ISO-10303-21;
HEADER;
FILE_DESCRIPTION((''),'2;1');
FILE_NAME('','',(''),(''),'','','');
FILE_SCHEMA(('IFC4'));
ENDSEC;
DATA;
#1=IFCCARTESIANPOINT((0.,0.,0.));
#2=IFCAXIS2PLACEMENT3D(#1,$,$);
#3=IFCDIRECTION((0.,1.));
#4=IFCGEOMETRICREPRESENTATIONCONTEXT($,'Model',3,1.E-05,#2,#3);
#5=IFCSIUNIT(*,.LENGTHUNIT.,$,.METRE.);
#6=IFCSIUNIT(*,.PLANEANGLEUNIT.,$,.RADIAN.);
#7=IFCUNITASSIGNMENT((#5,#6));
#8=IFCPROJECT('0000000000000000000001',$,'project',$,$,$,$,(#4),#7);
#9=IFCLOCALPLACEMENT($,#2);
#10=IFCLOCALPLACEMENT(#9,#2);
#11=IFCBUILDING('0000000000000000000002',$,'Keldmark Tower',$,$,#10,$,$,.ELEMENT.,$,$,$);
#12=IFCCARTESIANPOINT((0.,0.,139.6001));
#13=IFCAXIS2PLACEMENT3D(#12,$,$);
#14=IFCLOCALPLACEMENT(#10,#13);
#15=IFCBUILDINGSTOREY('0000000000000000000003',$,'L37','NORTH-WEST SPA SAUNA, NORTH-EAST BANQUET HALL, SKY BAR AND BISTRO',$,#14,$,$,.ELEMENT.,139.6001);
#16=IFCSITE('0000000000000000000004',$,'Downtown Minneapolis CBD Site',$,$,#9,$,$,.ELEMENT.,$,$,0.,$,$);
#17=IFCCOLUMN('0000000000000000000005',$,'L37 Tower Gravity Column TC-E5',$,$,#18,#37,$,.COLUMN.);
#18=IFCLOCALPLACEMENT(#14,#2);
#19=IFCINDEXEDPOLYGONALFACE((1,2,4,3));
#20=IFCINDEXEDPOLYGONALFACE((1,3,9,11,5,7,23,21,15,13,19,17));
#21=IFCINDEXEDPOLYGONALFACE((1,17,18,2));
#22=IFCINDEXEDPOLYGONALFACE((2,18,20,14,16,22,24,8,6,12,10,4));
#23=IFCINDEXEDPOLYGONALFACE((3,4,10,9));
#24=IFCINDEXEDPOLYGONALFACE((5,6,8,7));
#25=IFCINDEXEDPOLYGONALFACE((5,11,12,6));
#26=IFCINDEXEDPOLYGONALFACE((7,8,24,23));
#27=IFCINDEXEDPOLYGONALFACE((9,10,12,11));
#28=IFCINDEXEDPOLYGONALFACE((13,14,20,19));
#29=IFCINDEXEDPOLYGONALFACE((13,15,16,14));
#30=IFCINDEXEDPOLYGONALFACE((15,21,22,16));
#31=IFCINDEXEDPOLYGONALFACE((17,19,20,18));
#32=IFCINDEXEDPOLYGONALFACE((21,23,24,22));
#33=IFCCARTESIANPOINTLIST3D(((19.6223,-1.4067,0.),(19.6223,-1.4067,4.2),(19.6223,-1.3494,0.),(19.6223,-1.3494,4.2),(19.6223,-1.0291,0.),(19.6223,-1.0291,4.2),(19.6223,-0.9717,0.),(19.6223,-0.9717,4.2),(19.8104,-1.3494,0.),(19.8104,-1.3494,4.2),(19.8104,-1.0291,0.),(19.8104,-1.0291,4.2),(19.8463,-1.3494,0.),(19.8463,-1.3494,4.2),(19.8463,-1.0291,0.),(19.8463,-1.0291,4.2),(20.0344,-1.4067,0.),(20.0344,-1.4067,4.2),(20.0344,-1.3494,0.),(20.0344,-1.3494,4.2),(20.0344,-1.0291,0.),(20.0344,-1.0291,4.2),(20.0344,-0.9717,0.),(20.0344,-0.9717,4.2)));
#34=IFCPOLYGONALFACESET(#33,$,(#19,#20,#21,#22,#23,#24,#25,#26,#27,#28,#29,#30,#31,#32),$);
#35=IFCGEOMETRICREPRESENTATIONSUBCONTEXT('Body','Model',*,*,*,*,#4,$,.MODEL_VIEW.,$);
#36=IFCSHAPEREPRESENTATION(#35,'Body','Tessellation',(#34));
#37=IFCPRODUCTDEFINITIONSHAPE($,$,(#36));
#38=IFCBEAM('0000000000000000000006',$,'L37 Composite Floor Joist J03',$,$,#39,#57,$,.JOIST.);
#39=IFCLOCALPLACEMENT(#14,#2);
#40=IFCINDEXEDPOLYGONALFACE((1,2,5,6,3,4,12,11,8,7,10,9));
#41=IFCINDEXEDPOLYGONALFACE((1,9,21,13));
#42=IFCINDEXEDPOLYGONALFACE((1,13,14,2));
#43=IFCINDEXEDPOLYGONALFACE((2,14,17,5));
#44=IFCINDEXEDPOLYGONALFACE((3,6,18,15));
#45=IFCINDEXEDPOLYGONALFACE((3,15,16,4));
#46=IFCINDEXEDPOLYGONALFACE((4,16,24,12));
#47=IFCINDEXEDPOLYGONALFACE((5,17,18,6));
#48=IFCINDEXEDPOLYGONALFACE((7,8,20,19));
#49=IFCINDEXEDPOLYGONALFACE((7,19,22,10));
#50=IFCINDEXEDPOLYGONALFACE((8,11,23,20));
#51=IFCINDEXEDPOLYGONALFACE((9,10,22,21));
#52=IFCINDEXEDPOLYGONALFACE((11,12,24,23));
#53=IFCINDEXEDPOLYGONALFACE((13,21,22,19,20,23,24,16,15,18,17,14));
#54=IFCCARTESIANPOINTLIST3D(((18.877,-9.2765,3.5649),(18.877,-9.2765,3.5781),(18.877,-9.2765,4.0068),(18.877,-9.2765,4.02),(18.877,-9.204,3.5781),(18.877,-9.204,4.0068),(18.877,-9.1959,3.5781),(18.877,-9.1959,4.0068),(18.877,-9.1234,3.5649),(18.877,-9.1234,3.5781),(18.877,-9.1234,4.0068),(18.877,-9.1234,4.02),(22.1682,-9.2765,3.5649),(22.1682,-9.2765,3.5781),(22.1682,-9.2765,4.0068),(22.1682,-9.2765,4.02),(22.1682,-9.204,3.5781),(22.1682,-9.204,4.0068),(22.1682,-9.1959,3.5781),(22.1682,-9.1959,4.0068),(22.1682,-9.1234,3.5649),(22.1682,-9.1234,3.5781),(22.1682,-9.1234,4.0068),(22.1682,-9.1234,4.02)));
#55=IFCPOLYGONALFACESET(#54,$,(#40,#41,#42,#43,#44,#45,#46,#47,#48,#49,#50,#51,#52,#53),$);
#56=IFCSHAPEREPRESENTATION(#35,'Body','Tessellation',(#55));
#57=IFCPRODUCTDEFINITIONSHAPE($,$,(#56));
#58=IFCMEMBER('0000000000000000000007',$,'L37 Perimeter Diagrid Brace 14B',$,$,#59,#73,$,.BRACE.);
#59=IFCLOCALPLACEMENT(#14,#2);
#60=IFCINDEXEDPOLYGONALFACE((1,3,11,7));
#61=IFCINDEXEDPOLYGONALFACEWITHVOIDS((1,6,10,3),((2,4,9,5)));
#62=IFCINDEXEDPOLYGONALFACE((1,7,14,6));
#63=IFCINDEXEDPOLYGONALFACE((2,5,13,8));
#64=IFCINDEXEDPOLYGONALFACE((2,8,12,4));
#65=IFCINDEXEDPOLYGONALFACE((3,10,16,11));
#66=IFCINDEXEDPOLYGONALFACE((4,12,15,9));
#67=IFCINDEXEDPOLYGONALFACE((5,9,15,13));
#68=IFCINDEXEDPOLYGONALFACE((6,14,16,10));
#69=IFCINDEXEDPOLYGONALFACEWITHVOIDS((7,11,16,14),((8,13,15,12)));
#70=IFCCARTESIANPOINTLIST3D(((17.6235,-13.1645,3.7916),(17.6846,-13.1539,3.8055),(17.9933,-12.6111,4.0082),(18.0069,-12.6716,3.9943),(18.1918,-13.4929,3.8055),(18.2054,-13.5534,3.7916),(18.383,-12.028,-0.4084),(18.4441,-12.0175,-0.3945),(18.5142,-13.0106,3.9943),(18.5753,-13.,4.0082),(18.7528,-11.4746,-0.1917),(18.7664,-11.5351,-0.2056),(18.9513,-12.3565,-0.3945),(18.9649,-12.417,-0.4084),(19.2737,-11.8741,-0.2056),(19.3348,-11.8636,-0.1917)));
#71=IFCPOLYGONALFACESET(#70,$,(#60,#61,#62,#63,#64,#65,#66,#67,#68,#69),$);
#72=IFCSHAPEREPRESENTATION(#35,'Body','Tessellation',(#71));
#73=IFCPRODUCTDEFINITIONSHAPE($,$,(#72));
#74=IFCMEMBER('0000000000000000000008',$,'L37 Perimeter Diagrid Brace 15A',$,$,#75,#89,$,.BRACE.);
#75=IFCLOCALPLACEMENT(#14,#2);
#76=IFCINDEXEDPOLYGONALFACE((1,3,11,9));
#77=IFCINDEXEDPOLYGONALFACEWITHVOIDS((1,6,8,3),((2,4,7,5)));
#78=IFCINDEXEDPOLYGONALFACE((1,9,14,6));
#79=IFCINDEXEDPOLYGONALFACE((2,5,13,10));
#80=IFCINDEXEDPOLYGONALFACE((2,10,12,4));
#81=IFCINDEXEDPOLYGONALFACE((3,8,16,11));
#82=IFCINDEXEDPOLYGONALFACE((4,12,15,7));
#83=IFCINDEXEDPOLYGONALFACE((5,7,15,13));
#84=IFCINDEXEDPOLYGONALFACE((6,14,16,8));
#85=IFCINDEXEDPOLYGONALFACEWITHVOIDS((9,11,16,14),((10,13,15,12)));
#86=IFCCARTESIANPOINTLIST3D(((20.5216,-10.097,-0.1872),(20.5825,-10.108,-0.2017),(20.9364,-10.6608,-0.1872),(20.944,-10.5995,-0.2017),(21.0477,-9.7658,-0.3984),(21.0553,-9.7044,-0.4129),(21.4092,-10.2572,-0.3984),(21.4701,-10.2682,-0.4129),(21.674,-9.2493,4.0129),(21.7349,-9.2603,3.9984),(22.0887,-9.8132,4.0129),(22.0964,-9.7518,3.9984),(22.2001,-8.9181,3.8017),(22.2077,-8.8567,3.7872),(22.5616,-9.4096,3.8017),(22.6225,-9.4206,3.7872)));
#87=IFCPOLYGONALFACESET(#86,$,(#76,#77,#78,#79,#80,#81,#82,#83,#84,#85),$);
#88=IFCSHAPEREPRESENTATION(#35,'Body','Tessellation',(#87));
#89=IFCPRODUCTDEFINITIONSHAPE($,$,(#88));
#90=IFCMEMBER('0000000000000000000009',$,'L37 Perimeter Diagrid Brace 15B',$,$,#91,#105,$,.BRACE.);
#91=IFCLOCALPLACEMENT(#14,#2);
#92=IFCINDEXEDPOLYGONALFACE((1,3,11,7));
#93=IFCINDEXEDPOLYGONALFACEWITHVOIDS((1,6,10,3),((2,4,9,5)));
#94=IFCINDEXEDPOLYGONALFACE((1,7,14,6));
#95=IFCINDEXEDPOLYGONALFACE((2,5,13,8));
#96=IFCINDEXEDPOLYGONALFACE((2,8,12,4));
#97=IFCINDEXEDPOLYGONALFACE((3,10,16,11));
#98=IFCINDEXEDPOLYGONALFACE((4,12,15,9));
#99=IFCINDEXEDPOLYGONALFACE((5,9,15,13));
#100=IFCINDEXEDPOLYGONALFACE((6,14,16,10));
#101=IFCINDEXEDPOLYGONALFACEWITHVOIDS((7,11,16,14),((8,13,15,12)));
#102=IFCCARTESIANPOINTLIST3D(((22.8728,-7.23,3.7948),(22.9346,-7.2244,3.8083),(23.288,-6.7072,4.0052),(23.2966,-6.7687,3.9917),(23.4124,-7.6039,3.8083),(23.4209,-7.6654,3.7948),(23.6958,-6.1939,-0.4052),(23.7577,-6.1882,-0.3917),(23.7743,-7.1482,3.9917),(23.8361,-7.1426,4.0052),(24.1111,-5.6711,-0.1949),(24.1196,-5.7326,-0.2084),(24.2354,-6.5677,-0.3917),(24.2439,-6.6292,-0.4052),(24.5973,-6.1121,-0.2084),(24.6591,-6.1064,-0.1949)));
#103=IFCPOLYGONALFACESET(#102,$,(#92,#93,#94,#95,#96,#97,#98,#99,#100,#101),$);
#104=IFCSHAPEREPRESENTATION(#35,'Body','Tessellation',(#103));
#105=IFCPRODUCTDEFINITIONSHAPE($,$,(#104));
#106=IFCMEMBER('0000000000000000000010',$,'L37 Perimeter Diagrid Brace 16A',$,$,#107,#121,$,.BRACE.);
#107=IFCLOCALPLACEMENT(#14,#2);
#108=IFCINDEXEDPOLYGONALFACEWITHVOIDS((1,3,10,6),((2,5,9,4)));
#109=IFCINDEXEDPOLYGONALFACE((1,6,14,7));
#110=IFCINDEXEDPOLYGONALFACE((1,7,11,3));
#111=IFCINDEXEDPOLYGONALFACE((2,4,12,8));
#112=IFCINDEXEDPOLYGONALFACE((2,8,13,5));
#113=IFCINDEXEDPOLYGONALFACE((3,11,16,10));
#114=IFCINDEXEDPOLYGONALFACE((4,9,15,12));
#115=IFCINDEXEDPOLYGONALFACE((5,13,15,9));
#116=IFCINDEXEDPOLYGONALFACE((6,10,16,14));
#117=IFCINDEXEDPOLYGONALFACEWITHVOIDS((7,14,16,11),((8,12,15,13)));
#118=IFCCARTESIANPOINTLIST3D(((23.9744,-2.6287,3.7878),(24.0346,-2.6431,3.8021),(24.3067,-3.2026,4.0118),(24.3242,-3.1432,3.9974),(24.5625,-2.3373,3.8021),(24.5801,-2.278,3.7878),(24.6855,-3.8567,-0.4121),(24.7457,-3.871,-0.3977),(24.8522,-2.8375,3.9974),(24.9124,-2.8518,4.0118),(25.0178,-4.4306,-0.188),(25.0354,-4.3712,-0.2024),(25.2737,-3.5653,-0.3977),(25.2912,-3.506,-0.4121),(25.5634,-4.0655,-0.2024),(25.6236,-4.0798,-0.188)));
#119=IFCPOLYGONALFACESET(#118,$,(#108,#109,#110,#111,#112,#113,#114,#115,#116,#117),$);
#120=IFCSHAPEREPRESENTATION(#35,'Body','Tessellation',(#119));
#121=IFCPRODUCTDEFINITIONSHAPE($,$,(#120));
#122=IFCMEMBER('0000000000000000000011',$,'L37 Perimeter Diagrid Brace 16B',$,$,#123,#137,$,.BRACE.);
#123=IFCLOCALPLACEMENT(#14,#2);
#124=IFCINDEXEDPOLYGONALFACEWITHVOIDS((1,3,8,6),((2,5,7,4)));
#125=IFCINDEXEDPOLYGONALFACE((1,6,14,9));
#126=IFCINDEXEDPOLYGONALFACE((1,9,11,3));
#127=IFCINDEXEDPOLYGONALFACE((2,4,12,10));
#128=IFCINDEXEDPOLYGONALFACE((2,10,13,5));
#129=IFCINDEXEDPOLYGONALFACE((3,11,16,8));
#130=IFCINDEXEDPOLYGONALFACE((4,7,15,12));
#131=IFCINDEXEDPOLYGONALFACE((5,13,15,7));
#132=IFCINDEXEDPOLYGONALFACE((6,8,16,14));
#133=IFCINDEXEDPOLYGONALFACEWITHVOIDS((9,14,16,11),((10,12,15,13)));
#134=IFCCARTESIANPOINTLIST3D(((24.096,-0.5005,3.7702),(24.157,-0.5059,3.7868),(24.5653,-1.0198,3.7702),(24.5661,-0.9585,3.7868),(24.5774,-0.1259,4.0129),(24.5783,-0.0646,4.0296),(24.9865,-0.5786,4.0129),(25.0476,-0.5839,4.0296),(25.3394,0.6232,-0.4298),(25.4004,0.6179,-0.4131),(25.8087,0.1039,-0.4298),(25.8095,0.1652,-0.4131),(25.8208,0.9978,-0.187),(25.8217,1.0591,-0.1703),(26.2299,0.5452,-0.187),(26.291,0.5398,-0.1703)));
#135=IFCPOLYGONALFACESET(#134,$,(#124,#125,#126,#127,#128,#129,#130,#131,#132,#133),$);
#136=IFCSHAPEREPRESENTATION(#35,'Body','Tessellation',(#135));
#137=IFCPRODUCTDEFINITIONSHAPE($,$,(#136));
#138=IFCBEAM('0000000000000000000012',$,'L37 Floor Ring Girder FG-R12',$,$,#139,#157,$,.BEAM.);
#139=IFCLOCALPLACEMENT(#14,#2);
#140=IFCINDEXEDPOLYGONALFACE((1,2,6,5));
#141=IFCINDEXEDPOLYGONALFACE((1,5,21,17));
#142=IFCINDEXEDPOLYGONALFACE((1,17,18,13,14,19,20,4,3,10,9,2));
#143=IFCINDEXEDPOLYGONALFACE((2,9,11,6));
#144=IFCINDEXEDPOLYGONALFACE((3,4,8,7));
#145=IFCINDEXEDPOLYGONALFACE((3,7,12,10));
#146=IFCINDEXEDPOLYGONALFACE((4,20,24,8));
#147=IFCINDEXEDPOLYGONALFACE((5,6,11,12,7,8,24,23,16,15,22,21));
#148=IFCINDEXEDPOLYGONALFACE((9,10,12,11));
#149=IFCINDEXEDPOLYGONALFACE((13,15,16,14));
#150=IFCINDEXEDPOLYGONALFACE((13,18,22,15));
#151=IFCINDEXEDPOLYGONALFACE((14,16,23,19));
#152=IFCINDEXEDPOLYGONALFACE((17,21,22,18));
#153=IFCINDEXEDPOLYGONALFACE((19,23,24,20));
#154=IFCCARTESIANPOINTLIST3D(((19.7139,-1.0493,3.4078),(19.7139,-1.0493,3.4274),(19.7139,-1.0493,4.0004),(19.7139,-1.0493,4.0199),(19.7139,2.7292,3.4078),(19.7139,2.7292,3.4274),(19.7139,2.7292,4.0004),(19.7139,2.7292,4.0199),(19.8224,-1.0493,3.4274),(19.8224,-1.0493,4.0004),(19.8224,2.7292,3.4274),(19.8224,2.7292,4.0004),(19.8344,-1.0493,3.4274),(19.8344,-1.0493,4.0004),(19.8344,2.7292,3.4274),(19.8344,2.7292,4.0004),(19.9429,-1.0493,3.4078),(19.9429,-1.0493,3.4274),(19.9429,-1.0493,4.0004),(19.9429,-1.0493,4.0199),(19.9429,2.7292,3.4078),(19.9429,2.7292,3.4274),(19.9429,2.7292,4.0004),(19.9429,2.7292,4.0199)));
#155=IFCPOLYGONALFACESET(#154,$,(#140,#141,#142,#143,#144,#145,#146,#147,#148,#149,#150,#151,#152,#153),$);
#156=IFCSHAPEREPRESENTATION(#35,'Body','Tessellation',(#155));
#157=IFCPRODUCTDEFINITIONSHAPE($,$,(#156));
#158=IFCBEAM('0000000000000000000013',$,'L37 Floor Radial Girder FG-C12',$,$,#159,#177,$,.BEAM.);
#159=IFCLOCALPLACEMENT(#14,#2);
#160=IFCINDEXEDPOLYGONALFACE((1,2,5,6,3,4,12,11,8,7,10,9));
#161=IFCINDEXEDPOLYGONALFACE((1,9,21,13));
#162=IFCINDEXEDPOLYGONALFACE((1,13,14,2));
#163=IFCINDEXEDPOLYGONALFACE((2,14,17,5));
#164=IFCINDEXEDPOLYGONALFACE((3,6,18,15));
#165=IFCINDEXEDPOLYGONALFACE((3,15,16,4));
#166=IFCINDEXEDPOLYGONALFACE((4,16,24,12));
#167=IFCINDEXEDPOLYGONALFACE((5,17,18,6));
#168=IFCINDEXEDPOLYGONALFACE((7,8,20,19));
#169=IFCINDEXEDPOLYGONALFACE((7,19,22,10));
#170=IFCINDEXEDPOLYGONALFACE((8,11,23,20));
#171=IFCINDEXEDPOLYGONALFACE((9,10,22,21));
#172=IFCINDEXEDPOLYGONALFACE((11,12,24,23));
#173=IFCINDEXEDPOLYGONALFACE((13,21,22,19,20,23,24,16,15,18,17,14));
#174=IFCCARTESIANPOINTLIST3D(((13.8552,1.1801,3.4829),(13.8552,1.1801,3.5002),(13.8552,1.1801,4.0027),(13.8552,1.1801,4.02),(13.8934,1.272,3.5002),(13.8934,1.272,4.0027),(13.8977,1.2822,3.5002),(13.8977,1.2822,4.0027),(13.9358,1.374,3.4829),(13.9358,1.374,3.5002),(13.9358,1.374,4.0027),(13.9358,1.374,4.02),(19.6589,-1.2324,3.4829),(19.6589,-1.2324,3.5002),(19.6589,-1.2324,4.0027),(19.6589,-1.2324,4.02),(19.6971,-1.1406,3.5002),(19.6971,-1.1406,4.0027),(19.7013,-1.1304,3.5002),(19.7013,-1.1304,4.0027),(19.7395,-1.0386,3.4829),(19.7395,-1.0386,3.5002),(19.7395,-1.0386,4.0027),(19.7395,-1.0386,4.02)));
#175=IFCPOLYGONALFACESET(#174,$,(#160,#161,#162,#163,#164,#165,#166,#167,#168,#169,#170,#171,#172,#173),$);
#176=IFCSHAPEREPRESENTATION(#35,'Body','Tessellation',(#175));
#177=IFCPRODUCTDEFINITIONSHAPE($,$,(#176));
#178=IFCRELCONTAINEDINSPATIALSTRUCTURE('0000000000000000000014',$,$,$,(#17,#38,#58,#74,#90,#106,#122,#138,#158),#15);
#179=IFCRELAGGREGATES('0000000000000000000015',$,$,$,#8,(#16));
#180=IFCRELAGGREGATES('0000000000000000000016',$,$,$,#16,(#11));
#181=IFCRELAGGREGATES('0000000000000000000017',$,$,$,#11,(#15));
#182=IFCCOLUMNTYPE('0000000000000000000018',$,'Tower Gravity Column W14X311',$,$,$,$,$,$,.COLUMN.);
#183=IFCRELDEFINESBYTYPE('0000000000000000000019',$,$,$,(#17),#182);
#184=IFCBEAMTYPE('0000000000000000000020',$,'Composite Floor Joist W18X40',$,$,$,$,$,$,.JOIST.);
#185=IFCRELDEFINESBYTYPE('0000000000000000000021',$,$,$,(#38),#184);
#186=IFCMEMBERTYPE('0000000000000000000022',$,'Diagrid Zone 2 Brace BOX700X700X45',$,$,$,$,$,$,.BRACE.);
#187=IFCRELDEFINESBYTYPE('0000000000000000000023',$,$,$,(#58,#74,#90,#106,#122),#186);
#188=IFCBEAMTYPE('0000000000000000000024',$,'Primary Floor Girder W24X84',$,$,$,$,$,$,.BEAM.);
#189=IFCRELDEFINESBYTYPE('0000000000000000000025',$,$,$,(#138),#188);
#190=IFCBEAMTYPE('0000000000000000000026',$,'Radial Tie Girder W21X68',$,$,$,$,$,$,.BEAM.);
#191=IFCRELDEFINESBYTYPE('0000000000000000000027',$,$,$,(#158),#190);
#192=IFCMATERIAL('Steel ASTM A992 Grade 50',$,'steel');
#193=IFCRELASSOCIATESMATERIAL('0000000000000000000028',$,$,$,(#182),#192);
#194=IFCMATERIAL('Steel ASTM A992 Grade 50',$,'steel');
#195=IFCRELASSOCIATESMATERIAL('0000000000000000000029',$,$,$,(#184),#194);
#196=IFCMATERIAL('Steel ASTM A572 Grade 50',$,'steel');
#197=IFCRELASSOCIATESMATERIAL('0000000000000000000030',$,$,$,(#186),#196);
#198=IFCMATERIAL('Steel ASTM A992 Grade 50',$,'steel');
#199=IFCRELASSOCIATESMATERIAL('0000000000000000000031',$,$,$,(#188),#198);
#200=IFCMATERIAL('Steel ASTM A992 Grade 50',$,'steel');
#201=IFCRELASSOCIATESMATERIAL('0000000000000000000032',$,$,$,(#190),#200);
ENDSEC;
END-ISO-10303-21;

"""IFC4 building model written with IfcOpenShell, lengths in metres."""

from ifc_helpers import new_model, si_unit, direction, frame, origin, origin_2d, place, context, subcontext, project, spatial, hollow_rectangle, i_section, extrude, material, material_profile, profile_set, type_object, element, save


model = new_model("IFC4")

# Units and contexts
model_context = context("Model", 3, precision=1e-05, world=origin(), true_north=direction((0.0, 1.0)))
body_context = subcontext(model_context, "Body", "Model", "MODEL_VIEW")
ifc_project = project(units=[si_unit("LENGTHUNIT", "METRE"), si_unit("PLANEANGLEUNIT", "RADIAN")], contexts=[model_context])

# Site, building, storey
site_placement = place(None, origin())
site = spatial("IfcSite", under=ifc_project, at=site_placement, Name="Downtown Minneapolis CBD Site", CompositionType="ELEMENT", RefElevation=0.0)
building_placement = place(site_placement, origin())
building = spatial("IfcBuilding", under=site, at=building_placement, Name="Keldmark Tower", CompositionType="ELEMENT")
storey_placement = place(building_placement, frame((0.0, 0.0, 139.6001)))
storey = spatial("IfcBuildingStorey", under=building, at=storey_placement, Name="L37", Description="NORTH-WEST SPA SAUNA, NORTH-EAST BANQUET HALL, SKY BAR AND BISTRO", CompositionType="ELEMENT", Elevation=139.6001)

# Column
ifc_material_1 = material(Name="Steel ASTM A992 Grade 50", Category="steel")
ifc_material_profile_1 = material_profile(ifc_material_1, i_section(OverallWidth=0.4121, OverallDepth=0.4351, WebThickness=0.0359, FlangeThickness=0.0574, at=origin_2d()), Name="W14X311")
ifc_profile_set_1 = profile_set([ifc_material_profile_1], Name="Steel ASTM A992 Grade 50")
column_type = type_object("IfcColumnType", Name="Tower Gravity Column W14X311", PredefinedType="COLUMN", material=ifc_profile_set_1)
column_placement = place(storey_placement, frame((19.8284, -1.1892, 0.0), z_axis=(0.0, 0.0, 1.0), x_axis=(1.0, 0.0, 0.0)))
element("IfcColumn", 1, at=column_placement, inside=storey, type_object=column_type, Name="L37 Tower Gravity Column TC-E5", PredefinedType="COLUMN", context=body_context, shape_type="SweptSolid", body=[
    extrude(i_section(OverallWidth=0.4121, OverallDepth=0.4351, WebThickness=0.0359, FlangeThickness=0.0574, at=origin_2d()), origin(), (0.0, 0.0, 1.0), 4.2),
])

# Beam
ifc_material_2 = material(Name="Steel ASTM A992 Grade 50", Category="steel")
ifc_material_profile_2 = material_profile(ifc_material_2, i_section(OverallWidth=0.1531, OverallDepth=0.4551, WebThickness=0.0081, FlangeThickness=0.0132, at=origin_2d()), Name="W18X40")
ifc_profile_set_2 = profile_set([ifc_material_profile_2], Name="Steel ASTM A992 Grade 50")
beam_type_1 = type_object("IfcBeamType", Name="Composite Floor Joist W18X40", PredefinedType="JOIST", material=ifc_profile_set_2)
beam_1_placement = place(storey_placement, frame((18.877, -9.2, 3.7925), z_axis=(1.0, 0.0, 0.0), x_axis=(0.0, 1.0, 0.0)))
element("IfcBeam", 2, at=beam_1_placement, inside=storey, type_object=beam_type_1, Name="L37 Composite Floor Joist J03", PredefinedType="JOIST", context=body_context, shape_type="SweptSolid", body=[
    extrude(i_section(OverallWidth=0.1531, OverallDepth=0.4551, WebThickness=0.0081, FlangeThickness=0.0132, at=origin_2d()), origin(), (0.0, 0.0, 1.0), 3.2913),
])

# Members
ifc_material_3 = material(Name="Steel ASTM A572 Grade 50", Category="steel")
ifc_material_profile_3 = material_profile(ifc_material_3, hollow_rectangle(XDim=0.7, YDim=0.7, WallThickness=0.0449, at=origin_2d()), Name="BOX700X700X45")
ifc_profile_set_3 = profile_set([ifc_material_profile_3], Name="Steel ASTM A572 Grade 50")
member_type = type_object("IfcMemberType", Name="Diagrid Zone 2 Brace BOX700X700X45", PredefinedType="BRACE", material=ifc_profile_set_3)
member_1_placement = place(storey_placement, frame((18.8589, -11.9458, -0.3), z_axis=(-0.171962, -0.257308, 0.950906), x_axis=(0.831418, -0.555648, 0.0)))
element("IfcMember", 3, at=member_1_placement, inside=storey, type_object=member_type, Name="L37 Perimeter Diagrid Brace 14B", PredefinedType="BRACE", context=body_context, shape_type="SweptSolid", body=[
    extrude(hollow_rectangle(XDim=0.7, YDim=0.7, WallThickness=0.0449, at=origin_2d()), origin(), (0.0, 0.0, 1.0), 4.4167),
])
member_2_placement = place(storey_placement, frame((20.9958, -10.1826, -0.3), z_axis=(0.259719, 0.191047, 0.946598), x_axis=(-0.592547, 0.805536, 0.0)))
element("IfcMember", 4, at=member_2_placement, inside=storey, type_object=member_type, Name="L37 Perimeter Diagrid Brace 15A", PredefinedType="BRACE", context=body_context, shape_type="SweptSolid", body=[
    extrude(hollow_rectangle(XDim=0.7, YDim=0.7, WallThickness=0.0449, at=origin_2d()), origin(), (0.0, 0.0, 1.0), 4.437),
])
member_3_placement = place(storey_placement, frame((24.1775, -6.1501, -0.3), z_axis=(-0.186898, -0.2353, 0.953784), x_axis=(0.783042, -0.621969, 0.0)))
element("IfcMember", 5, at=member_3_placement, inside=storey, type_object=member_type, Name="L37 Perimeter Diagrid Brace 15B", PredefinedType="BRACE", context=body_context, shape_type="SweptSolid", body=[
    extrude(hollow_rectangle(XDim=0.7, YDim=0.7, WallThickness=0.0449, at=origin_2d()), origin(), (0.0, 0.0, 1.0), 4.4036),
])
member_4_placement = place(storey_placement, frame((25.1545, -3.9683, -0.3), z_axis=(-0.160421, 0.277006, 0.947382), x_axis=(-0.86536, -0.501152, 0.0)))
element("IfcMember", 6, at=member_4_placement, inside=storey, type_object=member_type, Name="L37 Perimeter Diagrid Brace 16A", PredefinedType="BRACE", context=body_context, shape_type="SweptSolid", body=[
    extrude(hollow_rectangle(XDim=0.7, YDim=0.7, WallThickness=0.0449, at=origin_2d()), origin(), (0.0, 0.0, 1.0), 4.4331),
])
member_5_placement = place(storey_placement, frame((25.8152, 0.5815, -0.3), z_axis=(-0.274968, -0.248513, 0.928781), x_axis=(0.670517, -0.741895, 0.0)))
element("IfcMember", 7, at=member_5_placement, inside=storey, type_object=member_type, Name="L37 Perimeter Diagrid Brace 16B", PredefinedType="BRACE", context=body_context, shape_type="SweptSolid", body=[
    extrude(hollow_rectangle(XDim=0.7, YDim=0.7, WallThickness=0.0449, at=origin_2d()), origin(), (0.0, 0.0, 1.0), 4.522),
])

# Beams
ifc_material_4 = material(Name="Steel ASTM A992 Grade 50", Category="steel")
ifc_material_profile_4 = material_profile(ifc_material_4, i_section(OverallWidth=0.229, OverallDepth=0.6121, WebThickness=0.012, FlangeThickness=0.0195, at=origin_2d()), Name="W24X84")
ifc_profile_set_4 = profile_set([ifc_material_profile_4], Name="Steel ASTM A992 Grade 50")
beam_type_2 = type_object("IfcBeamType", Name="Primary Floor Girder W24X84", PredefinedType="BEAM", material=ifc_profile_set_4)
beam_2_placement = place(storey_placement, frame((19.8284, -1.0493, 3.7139), z_axis=(0.0, 1.0, 0.0), x_axis=(-1.0, 0.0, 0.0)))
element("IfcBeam", 8, at=beam_2_placement, inside=storey, type_object=beam_type_2, Name="L37 Floor Ring Girder FG-R12", PredefinedType="BEAM", context=body_context, shape_type="SweptSolid", body=[
    extrude(i_section(OverallWidth=0.229, OverallDepth=0.6121, WebThickness=0.012, FlangeThickness=0.0195, at=origin_2d()), origin(), (0.0, 0.0, 1.0), 3.7786),
])
ifc_material_5 = material(Name="Steel ASTM A992 Grade 50", Category="steel")
ifc_material_profile_5 = material_profile(ifc_material_5, i_section(OverallWidth=0.21, OverallDepth=0.5371, WebThickness=0.011, FlangeThickness=0.0173, at=origin_2d()), Name="W21X68")
ifc_profile_set_5 = profile_set([ifc_material_profile_5], Name="Steel ASTM A992 Grade 50")
beam_type_3 = type_object("IfcBeamType", Name="Radial Tie Girder W21X68", PredefinedType="BEAM", material=ifc_profile_set_5)
beam_3_placement = place(storey_placement, frame((19.6992, -1.1355, 3.7515), z_axis=(-0.923394, 0.383854, 0.0), x_axis=(-0.383854, -0.923394, 0.0)))
element("IfcBeam", 9, at=beam_3_placement, inside=storey, type_object=beam_type_3, Name="L37 Floor Radial Girder FG-C12", PredefinedType="BEAM", context=body_context, shape_type="SweptSolid", body=[
    extrude(i_section(OverallWidth=0.21, OverallDepth=0.5371, WebThickness=0.011, FlangeThickness=0.0173, at=origin_2d()), origin(), (0.0, 0.0, 1.0), 6.2852),
])

save(model, "model.ifc")
